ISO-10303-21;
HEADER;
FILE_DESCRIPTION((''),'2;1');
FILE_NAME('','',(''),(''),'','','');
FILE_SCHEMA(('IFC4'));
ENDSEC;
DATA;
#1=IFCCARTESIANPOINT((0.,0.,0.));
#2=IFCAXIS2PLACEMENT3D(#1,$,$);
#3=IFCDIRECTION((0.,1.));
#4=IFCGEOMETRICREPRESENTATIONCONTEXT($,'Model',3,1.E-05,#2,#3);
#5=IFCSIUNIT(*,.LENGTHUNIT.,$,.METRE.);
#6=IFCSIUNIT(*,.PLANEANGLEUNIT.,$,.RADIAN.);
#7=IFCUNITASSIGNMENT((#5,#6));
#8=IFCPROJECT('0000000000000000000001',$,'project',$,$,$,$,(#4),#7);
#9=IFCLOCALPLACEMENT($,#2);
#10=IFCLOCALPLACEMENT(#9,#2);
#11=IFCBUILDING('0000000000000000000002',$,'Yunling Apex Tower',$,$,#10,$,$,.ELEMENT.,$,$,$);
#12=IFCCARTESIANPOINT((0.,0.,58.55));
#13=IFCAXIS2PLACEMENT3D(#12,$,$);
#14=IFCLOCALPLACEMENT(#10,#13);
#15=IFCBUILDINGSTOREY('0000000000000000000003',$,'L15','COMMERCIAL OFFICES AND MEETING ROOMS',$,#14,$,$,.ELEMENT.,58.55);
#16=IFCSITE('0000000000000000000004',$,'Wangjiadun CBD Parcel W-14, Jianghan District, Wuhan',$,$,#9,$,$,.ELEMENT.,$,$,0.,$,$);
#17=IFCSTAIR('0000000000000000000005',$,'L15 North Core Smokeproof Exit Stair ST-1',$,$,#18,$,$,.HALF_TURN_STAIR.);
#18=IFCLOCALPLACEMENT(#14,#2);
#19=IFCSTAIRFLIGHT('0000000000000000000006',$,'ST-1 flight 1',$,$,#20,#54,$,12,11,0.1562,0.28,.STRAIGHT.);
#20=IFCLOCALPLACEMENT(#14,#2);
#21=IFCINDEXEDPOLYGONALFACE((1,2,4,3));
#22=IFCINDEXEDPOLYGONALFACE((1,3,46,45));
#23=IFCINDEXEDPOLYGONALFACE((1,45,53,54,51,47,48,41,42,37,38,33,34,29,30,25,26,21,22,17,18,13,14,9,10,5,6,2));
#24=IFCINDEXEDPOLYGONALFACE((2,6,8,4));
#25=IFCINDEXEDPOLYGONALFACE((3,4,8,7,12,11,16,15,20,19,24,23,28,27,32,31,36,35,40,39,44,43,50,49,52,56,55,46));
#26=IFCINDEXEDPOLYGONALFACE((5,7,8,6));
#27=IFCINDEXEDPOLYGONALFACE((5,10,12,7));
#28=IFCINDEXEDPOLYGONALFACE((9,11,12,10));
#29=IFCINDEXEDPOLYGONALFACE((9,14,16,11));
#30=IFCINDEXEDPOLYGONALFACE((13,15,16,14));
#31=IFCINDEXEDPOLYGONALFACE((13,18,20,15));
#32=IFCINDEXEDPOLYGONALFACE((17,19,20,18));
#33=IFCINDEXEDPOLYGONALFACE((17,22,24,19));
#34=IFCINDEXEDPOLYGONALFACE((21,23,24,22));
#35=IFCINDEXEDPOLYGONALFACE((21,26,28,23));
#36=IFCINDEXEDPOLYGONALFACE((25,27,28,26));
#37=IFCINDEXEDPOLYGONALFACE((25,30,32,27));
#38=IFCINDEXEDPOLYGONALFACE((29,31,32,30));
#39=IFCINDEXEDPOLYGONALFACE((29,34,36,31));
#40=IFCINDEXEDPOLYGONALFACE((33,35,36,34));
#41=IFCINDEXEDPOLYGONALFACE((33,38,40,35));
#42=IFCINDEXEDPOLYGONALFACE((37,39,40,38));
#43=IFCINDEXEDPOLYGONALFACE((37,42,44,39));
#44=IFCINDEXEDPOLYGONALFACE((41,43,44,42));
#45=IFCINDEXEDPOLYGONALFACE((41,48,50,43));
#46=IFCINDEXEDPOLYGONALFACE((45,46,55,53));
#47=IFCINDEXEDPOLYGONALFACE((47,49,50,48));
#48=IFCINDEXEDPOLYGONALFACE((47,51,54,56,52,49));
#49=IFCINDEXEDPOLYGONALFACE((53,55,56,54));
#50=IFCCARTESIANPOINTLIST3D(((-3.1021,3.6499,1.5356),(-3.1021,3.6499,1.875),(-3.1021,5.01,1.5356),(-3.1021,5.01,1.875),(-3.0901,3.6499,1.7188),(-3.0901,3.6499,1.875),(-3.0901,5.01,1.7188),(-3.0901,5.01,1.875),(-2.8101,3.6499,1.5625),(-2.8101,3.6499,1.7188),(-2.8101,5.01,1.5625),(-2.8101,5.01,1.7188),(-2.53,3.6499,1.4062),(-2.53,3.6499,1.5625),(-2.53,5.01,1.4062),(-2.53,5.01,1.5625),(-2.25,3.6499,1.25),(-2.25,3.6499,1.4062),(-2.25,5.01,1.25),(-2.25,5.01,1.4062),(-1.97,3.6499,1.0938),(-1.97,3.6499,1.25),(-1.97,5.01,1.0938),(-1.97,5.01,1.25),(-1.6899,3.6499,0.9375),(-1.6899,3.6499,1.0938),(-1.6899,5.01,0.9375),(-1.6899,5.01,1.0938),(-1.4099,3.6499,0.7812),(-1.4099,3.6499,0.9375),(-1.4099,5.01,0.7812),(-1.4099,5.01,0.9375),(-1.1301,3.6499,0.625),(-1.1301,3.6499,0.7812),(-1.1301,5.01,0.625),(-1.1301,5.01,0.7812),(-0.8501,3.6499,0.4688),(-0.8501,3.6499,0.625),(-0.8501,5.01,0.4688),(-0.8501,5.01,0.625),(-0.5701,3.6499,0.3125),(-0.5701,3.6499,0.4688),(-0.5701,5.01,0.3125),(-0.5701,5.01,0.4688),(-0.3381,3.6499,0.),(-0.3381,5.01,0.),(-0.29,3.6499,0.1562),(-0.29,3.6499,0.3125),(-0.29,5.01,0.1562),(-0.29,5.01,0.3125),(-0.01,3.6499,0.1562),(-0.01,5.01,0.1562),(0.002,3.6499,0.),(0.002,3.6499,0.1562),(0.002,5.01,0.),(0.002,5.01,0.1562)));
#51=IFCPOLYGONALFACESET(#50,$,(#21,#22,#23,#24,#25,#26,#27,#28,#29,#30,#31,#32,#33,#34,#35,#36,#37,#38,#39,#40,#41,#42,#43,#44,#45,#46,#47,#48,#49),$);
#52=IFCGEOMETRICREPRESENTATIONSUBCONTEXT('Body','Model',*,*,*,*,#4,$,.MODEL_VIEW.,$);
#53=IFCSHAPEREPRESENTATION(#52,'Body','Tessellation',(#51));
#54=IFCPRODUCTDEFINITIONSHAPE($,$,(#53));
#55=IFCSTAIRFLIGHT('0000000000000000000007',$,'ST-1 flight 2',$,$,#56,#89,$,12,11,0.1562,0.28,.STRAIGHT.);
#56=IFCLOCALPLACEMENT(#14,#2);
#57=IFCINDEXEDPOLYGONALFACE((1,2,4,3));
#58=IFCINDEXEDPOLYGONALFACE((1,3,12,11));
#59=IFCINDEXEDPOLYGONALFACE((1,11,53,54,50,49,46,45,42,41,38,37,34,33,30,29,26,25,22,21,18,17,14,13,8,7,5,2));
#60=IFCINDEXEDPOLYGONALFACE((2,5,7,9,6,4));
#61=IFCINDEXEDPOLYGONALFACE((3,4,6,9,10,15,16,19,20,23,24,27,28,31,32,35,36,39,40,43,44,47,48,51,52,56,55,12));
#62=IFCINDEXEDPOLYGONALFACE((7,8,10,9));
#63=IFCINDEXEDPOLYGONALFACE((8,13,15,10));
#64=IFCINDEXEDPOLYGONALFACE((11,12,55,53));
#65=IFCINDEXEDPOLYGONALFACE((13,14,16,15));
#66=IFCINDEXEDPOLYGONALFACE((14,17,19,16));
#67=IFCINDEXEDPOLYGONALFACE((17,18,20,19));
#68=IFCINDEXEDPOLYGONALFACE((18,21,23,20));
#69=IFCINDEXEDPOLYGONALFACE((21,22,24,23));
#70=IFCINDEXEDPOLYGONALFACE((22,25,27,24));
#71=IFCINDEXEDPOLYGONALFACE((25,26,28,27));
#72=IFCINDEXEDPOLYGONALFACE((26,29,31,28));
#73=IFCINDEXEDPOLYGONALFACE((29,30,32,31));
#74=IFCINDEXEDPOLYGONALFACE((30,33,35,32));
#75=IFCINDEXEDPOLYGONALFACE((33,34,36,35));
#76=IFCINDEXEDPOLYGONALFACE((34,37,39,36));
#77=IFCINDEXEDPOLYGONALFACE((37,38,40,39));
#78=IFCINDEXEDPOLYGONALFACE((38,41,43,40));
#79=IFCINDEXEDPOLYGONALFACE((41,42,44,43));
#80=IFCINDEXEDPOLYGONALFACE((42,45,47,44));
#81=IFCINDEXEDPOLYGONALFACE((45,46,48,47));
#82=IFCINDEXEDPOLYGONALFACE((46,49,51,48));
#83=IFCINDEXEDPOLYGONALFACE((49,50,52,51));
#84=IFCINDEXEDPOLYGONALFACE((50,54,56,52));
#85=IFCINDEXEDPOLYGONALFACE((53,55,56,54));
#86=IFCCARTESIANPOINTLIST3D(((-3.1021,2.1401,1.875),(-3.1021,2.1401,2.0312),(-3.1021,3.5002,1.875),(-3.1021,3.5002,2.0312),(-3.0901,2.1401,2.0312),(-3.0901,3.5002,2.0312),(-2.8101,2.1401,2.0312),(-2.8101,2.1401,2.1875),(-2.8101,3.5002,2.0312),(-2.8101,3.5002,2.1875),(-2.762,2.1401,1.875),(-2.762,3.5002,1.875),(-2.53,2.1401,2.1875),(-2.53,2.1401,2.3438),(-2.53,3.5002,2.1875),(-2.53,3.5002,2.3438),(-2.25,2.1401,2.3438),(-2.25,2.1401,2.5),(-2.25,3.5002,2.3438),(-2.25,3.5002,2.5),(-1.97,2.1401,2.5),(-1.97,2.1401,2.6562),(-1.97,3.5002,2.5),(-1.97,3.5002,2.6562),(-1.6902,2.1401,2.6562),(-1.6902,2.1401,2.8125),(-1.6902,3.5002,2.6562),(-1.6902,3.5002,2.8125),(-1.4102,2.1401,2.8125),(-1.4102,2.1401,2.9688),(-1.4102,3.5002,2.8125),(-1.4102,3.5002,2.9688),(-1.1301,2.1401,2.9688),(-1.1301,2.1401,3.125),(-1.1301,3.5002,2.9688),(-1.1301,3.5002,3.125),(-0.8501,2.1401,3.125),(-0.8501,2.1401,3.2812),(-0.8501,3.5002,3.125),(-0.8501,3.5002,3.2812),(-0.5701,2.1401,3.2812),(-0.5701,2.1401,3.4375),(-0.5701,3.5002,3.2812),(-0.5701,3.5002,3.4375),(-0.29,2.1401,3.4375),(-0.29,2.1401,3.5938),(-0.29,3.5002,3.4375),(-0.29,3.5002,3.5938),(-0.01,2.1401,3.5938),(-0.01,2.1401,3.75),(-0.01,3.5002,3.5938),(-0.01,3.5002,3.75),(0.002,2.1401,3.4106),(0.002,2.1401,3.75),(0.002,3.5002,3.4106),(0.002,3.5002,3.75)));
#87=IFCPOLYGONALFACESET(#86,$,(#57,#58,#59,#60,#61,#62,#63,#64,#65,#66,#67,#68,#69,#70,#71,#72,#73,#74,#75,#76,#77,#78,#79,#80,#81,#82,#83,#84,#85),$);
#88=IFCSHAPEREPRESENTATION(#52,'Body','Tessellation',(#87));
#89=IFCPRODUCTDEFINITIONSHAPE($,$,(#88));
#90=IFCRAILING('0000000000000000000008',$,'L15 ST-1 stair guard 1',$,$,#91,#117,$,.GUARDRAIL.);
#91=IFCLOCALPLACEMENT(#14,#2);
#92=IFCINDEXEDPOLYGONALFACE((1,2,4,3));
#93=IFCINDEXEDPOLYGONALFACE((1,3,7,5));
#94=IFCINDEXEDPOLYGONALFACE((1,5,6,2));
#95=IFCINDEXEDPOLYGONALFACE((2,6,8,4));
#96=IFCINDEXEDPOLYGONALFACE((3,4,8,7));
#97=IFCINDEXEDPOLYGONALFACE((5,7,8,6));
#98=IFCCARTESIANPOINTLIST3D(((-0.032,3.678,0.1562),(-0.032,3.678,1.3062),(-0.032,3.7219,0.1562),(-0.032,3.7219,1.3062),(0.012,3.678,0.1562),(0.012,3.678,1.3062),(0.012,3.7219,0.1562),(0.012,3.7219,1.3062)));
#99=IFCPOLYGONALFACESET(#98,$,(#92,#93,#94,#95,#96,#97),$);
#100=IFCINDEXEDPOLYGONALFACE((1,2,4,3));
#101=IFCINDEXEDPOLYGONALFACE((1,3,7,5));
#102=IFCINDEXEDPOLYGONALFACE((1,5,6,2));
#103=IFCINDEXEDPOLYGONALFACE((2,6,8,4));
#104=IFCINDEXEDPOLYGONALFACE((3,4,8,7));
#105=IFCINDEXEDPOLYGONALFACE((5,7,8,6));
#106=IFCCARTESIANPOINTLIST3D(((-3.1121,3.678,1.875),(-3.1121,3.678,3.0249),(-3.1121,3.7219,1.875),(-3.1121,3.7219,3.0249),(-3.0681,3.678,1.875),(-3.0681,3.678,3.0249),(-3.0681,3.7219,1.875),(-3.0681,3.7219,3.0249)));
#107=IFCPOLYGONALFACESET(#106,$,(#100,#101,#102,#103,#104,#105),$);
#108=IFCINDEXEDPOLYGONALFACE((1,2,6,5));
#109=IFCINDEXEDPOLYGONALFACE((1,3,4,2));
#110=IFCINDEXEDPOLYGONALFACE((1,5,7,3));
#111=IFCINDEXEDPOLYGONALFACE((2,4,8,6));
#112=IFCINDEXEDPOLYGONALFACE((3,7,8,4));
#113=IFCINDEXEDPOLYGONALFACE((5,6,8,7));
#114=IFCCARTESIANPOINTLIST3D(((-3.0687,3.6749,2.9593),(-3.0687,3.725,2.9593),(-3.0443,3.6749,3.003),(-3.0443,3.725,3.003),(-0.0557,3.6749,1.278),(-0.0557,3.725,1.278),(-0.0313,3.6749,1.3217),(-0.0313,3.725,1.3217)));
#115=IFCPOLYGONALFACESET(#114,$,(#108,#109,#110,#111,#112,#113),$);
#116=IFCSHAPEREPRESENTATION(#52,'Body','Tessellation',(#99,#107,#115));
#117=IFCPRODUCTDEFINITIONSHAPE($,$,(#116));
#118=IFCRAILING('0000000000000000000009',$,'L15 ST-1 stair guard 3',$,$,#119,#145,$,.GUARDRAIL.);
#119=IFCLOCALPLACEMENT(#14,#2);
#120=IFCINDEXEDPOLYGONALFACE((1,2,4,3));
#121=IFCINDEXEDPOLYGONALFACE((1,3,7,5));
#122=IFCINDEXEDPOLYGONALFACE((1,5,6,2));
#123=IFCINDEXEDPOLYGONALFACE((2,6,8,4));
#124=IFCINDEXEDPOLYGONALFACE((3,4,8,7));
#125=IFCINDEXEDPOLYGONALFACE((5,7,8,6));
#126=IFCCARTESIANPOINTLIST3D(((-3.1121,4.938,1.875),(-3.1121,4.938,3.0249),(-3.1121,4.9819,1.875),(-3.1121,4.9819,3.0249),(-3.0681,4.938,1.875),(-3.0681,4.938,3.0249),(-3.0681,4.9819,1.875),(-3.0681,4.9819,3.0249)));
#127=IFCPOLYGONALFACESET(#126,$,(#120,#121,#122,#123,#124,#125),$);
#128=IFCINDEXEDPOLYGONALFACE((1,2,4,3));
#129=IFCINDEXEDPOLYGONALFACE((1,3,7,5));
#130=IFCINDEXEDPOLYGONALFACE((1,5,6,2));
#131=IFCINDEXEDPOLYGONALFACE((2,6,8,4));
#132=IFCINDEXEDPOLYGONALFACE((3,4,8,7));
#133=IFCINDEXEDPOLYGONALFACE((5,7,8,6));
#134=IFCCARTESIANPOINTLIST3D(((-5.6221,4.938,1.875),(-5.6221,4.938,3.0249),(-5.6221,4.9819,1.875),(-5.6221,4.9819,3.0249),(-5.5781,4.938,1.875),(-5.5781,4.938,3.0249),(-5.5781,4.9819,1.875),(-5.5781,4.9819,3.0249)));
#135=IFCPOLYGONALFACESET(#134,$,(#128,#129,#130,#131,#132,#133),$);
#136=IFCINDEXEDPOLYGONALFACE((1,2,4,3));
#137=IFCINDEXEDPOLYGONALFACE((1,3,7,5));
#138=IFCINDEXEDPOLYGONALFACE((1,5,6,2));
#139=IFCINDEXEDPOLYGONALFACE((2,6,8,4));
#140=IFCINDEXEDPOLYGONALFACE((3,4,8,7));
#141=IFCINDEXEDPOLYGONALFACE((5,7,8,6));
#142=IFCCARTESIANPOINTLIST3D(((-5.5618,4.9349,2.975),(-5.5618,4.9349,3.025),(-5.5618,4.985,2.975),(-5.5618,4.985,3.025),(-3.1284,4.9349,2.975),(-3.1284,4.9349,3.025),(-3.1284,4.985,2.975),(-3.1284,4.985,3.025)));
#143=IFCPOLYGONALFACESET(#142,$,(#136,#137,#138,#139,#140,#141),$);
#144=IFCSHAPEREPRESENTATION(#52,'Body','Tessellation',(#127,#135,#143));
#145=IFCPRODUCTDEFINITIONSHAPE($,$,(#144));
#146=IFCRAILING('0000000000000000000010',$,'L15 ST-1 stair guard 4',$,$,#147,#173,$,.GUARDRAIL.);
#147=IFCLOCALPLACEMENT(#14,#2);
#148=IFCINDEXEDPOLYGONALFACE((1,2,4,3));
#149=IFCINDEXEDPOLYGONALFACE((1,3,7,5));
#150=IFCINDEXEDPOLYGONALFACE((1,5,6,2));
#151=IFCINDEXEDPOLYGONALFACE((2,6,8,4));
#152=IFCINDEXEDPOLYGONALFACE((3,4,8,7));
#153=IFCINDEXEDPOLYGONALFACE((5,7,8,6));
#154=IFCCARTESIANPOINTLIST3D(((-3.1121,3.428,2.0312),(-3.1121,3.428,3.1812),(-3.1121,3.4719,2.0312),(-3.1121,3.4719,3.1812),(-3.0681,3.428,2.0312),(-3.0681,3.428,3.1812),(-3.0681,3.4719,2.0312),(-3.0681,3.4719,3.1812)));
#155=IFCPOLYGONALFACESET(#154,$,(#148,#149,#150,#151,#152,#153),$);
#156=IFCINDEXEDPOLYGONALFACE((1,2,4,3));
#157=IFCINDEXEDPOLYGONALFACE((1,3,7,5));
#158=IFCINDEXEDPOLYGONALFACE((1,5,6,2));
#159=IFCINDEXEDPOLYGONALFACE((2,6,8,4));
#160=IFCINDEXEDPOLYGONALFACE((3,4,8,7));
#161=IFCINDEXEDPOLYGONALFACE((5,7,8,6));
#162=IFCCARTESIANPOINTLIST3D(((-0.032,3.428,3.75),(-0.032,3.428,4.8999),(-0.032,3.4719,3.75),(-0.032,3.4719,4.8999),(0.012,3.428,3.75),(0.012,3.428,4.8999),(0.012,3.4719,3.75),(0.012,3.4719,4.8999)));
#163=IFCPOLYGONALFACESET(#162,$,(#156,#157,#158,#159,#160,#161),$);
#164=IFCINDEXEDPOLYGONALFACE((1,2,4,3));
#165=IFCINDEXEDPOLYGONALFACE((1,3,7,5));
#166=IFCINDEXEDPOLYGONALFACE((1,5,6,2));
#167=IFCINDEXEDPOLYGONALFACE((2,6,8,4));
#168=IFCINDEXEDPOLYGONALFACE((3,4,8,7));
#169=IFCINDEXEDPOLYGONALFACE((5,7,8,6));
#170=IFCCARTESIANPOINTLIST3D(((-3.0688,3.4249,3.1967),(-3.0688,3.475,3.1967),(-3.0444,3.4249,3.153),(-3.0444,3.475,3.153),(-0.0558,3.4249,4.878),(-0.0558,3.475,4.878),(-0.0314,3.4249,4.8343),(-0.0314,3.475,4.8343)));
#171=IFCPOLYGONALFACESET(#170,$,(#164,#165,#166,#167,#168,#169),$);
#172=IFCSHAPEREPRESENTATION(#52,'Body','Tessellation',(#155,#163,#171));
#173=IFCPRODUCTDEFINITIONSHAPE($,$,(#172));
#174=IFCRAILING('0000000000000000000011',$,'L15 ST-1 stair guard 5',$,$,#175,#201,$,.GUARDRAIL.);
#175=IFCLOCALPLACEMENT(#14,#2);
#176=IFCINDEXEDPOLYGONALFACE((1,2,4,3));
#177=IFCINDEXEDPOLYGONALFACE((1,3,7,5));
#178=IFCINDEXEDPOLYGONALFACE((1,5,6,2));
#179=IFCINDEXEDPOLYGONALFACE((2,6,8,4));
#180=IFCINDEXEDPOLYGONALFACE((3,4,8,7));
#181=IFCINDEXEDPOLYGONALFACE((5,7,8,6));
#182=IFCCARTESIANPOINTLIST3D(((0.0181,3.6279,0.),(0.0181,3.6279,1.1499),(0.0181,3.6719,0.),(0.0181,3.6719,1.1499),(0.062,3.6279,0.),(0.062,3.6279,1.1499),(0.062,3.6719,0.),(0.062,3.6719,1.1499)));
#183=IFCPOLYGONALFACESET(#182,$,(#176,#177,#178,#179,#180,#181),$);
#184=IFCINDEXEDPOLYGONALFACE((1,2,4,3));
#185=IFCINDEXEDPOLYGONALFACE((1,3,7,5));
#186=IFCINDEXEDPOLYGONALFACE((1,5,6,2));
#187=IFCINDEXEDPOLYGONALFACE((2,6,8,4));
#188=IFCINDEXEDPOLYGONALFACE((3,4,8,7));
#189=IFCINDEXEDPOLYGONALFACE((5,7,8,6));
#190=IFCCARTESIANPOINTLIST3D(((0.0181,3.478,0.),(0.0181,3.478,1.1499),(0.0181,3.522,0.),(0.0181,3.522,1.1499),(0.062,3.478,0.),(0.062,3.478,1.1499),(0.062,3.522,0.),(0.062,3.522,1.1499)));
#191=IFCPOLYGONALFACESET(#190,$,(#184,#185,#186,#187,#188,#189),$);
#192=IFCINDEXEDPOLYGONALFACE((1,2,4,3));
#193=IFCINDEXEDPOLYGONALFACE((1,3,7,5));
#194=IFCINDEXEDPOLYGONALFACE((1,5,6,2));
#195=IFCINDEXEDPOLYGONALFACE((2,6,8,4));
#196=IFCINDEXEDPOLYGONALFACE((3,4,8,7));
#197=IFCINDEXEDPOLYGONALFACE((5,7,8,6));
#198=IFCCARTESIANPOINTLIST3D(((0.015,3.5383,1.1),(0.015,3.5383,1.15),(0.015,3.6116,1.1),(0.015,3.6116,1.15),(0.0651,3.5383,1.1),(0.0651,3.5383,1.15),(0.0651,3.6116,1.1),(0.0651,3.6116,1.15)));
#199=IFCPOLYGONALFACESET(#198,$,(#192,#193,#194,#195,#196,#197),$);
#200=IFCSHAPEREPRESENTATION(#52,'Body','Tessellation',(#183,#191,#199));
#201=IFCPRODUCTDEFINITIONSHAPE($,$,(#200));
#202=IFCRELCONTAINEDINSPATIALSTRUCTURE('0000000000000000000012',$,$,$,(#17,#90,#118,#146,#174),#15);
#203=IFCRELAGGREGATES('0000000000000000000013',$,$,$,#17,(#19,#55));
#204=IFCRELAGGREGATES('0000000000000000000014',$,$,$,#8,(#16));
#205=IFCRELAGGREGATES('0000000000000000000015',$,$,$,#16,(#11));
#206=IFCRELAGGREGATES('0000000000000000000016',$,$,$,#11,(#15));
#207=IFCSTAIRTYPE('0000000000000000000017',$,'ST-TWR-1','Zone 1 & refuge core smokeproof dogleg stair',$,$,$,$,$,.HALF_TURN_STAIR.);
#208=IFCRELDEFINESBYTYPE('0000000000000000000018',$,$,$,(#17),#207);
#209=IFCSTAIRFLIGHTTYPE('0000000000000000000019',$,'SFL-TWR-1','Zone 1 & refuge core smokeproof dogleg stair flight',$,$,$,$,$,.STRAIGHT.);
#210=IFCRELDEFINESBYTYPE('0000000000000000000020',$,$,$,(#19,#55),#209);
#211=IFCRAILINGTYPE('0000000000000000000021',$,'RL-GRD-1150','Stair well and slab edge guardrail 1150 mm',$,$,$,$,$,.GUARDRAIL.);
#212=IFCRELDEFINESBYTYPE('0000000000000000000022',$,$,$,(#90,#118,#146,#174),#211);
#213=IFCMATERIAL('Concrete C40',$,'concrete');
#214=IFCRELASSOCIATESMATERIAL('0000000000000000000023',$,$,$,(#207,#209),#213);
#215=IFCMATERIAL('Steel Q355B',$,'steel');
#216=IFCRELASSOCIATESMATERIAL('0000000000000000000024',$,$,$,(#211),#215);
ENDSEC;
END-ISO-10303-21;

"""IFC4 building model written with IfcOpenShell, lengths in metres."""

from ifc_helpers import new_model, si_unit, direction, frame, origin, origin_2d, place, context, subcontext, project, spatial, polyline, rectangle, outline, extrude, material, type_object, element, aggregate, save


model = new_model("IFC4")

# Units and contexts
model_context = context("Model", 3, precision=1e-05, world=origin(), true_north=direction((0.0, 1.0)))
body_context = subcontext(model_context, "Body", "Model", "MODEL_VIEW")
ifc_project = project(units=[si_unit("LENGTHUNIT", "METRE"), si_unit("PLANEANGLEUNIT", "RADIAN")], contexts=[model_context])

# Site, building, storey
site_placement = place(None, origin())
site = spatial("IfcSite", under=ifc_project, at=site_placement, Name="Wangjiadun CBD Parcel W-14, Jianghan District, Wuhan", CompositionType="ELEMENT", RefElevation=0.0)
building_placement = place(site_placement, origin())
building = spatial("IfcBuilding", under=site, at=building_placement, Name="Yunling Apex Tower", CompositionType="ELEMENT")
storey_placement = place(building_placement, frame((0.0, 0.0, 58.55)))
storey = spatial("IfcBuildingStorey", under=building, at=storey_placement, Name="L15", Description="COMMERCIAL OFFICES AND MEETING ROOMS", CompositionType="ELEMENT", Elevation=58.55)

# Shared definitions
ifc_material_1 = material(Name="Steel Q355B", Category="steel")

# Shared definitions
ifc_material_2 = material(Name="Concrete C40", Category="concrete")

# Stair
stair_type = type_object("IfcStairType", Name="ST-TWR-1", Description="Zone 1 & refuge core smokeproof dogleg stair", PredefinedType="HALF_TURN_STAIR", material=ifc_material_2)
stair_1_placement = place(storey_placement, origin())
stair_1 = element("IfcStair", 1, at=stair_1_placement, inside=storey, type_object=stair_type, Name="L15 North Core Smokeproof Exit Stair ST-1", PredefinedType="HALF_TURN_STAIR")

# Stair flights
stair_flight_type = type_object("IfcStairFlightType", Name="SFL-TWR-1", Description="Zone 1 & refuge core smokeproof dogleg stair flight", PredefinedType="STRAIGHT", material=ifc_material_2)
stair_flight_1_placement = place(storey_placement, frame((-0.01, 4.3301, 0.0), z_axis=(0.0, 0.0, 1.0), x_axis=(-1.0, 0.0, 0.0)))
stair_flight_1 = element("IfcStairFlight", 2, at=stair_flight_1_placement, type_object=stair_flight_type, Name="ST-1 flight 1", NumberOfRisers=12, NumberOfTreads=11, PredefinedType="STRAIGHT", RiserHeight=0.1562, TreadLength=0.28, context=body_context, shape_type="SweptSolid", body=[
    extrude(outline(polyline([(-0.012, 0.0), (-0.012, 0.1562), (0.0, 0.1562), (0.28, 0.1562), (0.28, 0.3125), (0.5601, 0.3125), (0.5601, 0.4688), (0.8401, 0.4688), (0.8401, 0.625), (1.1201, 0.625), (1.1201, 0.7812), (1.3999, 0.7812), (1.3999, 0.9375), (1.6799, 0.9375), (1.6799, 1.0938), (1.96, 1.0938), (1.96, 1.25), (2.24, 1.25), (2.24, 1.4062), (2.52, 1.4062), (2.52, 1.5625), (2.8, 1.5625), (2.8, 1.7188), (3.0801, 1.7188), (3.0801, 1.875), (3.092, 1.875), (3.092, 1.5356), (0.3281, 0.0), (-0.012, 0.0)])), frame((0.0, 0.6802, 0.0), z_axis=(0.0, -1.0, 0.0), x_axis=(1.0, 0.0, 0.0)), (0.0, 0.0, 1.0), 1.3601),
])
stair_flight_2_placement = place(storey_placement, frame((-3.0901, 2.8201, 1.875), z_axis=(0.0, 0.0, 1.0), x_axis=(1.0, 0.0, 0.0)))
stair_flight_2 = element("IfcStairFlight", 3, at=stair_flight_2_placement, type_object=stair_flight_type, Name="ST-1 flight 2", NumberOfRisers=12, NumberOfTreads=11, PredefinedType="STRAIGHT", RiserHeight=0.1562, TreadLength=0.28, context=body_context, shape_type="SweptSolid", body=[
    extrude(outline(polyline([(-0.012, 0.0), (-0.012, 0.1562), (0.0, 0.1562), (0.28, 0.1562), (0.28, 0.3125), (0.5601, 0.3125), (0.5601, 0.4688), (0.8401, 0.4688), (0.8401, 0.625), (1.1201, 0.625), (1.1201, 0.7812), (1.3999, 0.7812), (1.3999, 0.9375), (1.6799, 0.9375), (1.6799, 1.0938), (1.96, 1.0938), (1.96, 1.25), (2.24, 1.25), (2.24, 1.4062), (2.52, 1.4062), (2.52, 1.5625), (2.8, 1.5625), (2.8, 1.7188), (3.0801, 1.7188), (3.0801, 1.875), (3.092, 1.875), (3.092, 1.5356), (0.3281, 0.0), (-0.012, 0.0)])), frame((0.0, 0.6802, 0.0), z_axis=(0.0, -1.0, 0.0), x_axis=(1.0, 0.0, 0.0)), (0.0, 0.0, 1.0), 1.3601),
])
aggregate(stair_1, [stair_flight_1, stair_flight_2])

# Railings
railing_type_1 = type_object("IfcRailingType", Name="RL-GRD-1150", Description="Stair well and slab edge guardrail 1150 mm", PredefinedType="GUARDRAIL", material=ifc_material_1)
railing_1_placement = place(storey_placement, frame((-0.01, 3.7, 0.1562)))
element("IfcRailing", 4, at=railing_1_placement, inside=storey, type_object=railing_type_1, Name="L15 ST-1 stair guard 1", PredefinedType="GUARDRAIL", context=body_context, shape_type="SweptSolid", body=[
    extrude(rectangle(XDim=0.0439, YDim=0.0439, at=origin_2d()), origin(), (0.0, 0.0, 1.0), 1.1499),
    extrude(rectangle(XDim=0.0439, YDim=0.0439, at=origin_2d()), frame((-3.0801, 0.0, 1.7188)), (0.0, 0.0, 1.0), 1.1499),
    extrude(rectangle(XDim=0.05, YDim=0.05, at=origin_2d()), frame((-0.0334, 0.0, 1.1436), z_axis=(-0.873242, 0.0, 0.487288), x_axis=(0.0, -1.0, 0.0)), (0.0, 0.0, 1.0), 3.4504),
])
railing_2_placement = place(storey_placement, frame((-3.0901, 4.96, 1.875)))
element("IfcRailing", 5, at=railing_2_placement, inside=storey, type_object=railing_type_1, Name="L15 ST-1 stair guard 3", PredefinedType="GUARDRAIL", context=body_context, shape_type="SweptSolid", body=[
    extrude(rectangle(XDim=0.0439, YDim=0.0439, at=origin_2d()), origin(), (0.0, 0.0, 1.0), 1.1499),
    extrude(rectangle(XDim=0.0439, YDim=0.0439, at=origin_2d()), frame((-2.51, 0.0, 0.0)), (0.0, 0.0, 1.0), 1.1499),
    extrude(rectangle(XDim=0.05, YDim=0.05, at=origin_2d()), frame((-0.0383, 0.0, 1.125), z_axis=(-1.0, 0.0, 0.0), x_axis=(0.0, -1.0, 0.0)), (0.0, 0.0, 1.0), 2.4333),
])
railing_3_placement = place(storey_placement, frame((-3.0901, 3.45, 2.0312)))
element("IfcRailing", 6, at=railing_3_placement, inside=storey, type_object=railing_type_1, Name="L15 ST-1 stair guard 4", PredefinedType="GUARDRAIL", context=body_context, shape_type="SweptSolid", body=[
    extrude(rectangle(XDim=0.0439, YDim=0.0439, at=origin_2d()), origin(), (0.0, 0.0, 1.0), 1.1499),
    extrude(rectangle(XDim=0.0439, YDim=0.0439, at=origin_2d()), frame((3.0801, 0.0, 1.7188)), (0.0, 0.0, 1.0), 1.1499),
    extrude(rectangle(XDim=0.05, YDim=0.05, at=origin_2d()), frame((0.0334, 0.0, 1.1436), z_axis=(0.873242, 0.0, 0.487288), x_axis=(0.0, 1.0, 0.0)), (0.0, 0.0, 1.0), 3.4504),
])
railing_4_placement = place(storey_placement, frame((0.04, 3.6499, 0.0)))
element("IfcRailing", 7, at=railing_4_placement, inside=storey, type_object=railing_type_1, Name="L15 ST-1 stair guard 5", PredefinedType="GUARDRAIL", context=body_context, shape_type="SweptSolid", body=[
    extrude(rectangle(XDim=0.0439, YDim=0.0439, at=origin_2d()), origin(), (0.0, 0.0, 1.0), 1.1499),
    extrude(rectangle(XDim=0.0439, YDim=0.0439, at=origin_2d()), frame((0.0, -0.1499, 0.0)), (0.0, 0.0, 1.0), 1.1499),
    extrude(rectangle(XDim=0.05, YDim=0.05, at=origin_2d()), frame((0.0, -0.0383, 1.125), z_axis=(0.0, -1.0, 0.0), x_axis=(1.0, 0.0, 0.0)), (0.0, 0.0, 1.0), 0.0732),
])

save(model, "model.ifc")
